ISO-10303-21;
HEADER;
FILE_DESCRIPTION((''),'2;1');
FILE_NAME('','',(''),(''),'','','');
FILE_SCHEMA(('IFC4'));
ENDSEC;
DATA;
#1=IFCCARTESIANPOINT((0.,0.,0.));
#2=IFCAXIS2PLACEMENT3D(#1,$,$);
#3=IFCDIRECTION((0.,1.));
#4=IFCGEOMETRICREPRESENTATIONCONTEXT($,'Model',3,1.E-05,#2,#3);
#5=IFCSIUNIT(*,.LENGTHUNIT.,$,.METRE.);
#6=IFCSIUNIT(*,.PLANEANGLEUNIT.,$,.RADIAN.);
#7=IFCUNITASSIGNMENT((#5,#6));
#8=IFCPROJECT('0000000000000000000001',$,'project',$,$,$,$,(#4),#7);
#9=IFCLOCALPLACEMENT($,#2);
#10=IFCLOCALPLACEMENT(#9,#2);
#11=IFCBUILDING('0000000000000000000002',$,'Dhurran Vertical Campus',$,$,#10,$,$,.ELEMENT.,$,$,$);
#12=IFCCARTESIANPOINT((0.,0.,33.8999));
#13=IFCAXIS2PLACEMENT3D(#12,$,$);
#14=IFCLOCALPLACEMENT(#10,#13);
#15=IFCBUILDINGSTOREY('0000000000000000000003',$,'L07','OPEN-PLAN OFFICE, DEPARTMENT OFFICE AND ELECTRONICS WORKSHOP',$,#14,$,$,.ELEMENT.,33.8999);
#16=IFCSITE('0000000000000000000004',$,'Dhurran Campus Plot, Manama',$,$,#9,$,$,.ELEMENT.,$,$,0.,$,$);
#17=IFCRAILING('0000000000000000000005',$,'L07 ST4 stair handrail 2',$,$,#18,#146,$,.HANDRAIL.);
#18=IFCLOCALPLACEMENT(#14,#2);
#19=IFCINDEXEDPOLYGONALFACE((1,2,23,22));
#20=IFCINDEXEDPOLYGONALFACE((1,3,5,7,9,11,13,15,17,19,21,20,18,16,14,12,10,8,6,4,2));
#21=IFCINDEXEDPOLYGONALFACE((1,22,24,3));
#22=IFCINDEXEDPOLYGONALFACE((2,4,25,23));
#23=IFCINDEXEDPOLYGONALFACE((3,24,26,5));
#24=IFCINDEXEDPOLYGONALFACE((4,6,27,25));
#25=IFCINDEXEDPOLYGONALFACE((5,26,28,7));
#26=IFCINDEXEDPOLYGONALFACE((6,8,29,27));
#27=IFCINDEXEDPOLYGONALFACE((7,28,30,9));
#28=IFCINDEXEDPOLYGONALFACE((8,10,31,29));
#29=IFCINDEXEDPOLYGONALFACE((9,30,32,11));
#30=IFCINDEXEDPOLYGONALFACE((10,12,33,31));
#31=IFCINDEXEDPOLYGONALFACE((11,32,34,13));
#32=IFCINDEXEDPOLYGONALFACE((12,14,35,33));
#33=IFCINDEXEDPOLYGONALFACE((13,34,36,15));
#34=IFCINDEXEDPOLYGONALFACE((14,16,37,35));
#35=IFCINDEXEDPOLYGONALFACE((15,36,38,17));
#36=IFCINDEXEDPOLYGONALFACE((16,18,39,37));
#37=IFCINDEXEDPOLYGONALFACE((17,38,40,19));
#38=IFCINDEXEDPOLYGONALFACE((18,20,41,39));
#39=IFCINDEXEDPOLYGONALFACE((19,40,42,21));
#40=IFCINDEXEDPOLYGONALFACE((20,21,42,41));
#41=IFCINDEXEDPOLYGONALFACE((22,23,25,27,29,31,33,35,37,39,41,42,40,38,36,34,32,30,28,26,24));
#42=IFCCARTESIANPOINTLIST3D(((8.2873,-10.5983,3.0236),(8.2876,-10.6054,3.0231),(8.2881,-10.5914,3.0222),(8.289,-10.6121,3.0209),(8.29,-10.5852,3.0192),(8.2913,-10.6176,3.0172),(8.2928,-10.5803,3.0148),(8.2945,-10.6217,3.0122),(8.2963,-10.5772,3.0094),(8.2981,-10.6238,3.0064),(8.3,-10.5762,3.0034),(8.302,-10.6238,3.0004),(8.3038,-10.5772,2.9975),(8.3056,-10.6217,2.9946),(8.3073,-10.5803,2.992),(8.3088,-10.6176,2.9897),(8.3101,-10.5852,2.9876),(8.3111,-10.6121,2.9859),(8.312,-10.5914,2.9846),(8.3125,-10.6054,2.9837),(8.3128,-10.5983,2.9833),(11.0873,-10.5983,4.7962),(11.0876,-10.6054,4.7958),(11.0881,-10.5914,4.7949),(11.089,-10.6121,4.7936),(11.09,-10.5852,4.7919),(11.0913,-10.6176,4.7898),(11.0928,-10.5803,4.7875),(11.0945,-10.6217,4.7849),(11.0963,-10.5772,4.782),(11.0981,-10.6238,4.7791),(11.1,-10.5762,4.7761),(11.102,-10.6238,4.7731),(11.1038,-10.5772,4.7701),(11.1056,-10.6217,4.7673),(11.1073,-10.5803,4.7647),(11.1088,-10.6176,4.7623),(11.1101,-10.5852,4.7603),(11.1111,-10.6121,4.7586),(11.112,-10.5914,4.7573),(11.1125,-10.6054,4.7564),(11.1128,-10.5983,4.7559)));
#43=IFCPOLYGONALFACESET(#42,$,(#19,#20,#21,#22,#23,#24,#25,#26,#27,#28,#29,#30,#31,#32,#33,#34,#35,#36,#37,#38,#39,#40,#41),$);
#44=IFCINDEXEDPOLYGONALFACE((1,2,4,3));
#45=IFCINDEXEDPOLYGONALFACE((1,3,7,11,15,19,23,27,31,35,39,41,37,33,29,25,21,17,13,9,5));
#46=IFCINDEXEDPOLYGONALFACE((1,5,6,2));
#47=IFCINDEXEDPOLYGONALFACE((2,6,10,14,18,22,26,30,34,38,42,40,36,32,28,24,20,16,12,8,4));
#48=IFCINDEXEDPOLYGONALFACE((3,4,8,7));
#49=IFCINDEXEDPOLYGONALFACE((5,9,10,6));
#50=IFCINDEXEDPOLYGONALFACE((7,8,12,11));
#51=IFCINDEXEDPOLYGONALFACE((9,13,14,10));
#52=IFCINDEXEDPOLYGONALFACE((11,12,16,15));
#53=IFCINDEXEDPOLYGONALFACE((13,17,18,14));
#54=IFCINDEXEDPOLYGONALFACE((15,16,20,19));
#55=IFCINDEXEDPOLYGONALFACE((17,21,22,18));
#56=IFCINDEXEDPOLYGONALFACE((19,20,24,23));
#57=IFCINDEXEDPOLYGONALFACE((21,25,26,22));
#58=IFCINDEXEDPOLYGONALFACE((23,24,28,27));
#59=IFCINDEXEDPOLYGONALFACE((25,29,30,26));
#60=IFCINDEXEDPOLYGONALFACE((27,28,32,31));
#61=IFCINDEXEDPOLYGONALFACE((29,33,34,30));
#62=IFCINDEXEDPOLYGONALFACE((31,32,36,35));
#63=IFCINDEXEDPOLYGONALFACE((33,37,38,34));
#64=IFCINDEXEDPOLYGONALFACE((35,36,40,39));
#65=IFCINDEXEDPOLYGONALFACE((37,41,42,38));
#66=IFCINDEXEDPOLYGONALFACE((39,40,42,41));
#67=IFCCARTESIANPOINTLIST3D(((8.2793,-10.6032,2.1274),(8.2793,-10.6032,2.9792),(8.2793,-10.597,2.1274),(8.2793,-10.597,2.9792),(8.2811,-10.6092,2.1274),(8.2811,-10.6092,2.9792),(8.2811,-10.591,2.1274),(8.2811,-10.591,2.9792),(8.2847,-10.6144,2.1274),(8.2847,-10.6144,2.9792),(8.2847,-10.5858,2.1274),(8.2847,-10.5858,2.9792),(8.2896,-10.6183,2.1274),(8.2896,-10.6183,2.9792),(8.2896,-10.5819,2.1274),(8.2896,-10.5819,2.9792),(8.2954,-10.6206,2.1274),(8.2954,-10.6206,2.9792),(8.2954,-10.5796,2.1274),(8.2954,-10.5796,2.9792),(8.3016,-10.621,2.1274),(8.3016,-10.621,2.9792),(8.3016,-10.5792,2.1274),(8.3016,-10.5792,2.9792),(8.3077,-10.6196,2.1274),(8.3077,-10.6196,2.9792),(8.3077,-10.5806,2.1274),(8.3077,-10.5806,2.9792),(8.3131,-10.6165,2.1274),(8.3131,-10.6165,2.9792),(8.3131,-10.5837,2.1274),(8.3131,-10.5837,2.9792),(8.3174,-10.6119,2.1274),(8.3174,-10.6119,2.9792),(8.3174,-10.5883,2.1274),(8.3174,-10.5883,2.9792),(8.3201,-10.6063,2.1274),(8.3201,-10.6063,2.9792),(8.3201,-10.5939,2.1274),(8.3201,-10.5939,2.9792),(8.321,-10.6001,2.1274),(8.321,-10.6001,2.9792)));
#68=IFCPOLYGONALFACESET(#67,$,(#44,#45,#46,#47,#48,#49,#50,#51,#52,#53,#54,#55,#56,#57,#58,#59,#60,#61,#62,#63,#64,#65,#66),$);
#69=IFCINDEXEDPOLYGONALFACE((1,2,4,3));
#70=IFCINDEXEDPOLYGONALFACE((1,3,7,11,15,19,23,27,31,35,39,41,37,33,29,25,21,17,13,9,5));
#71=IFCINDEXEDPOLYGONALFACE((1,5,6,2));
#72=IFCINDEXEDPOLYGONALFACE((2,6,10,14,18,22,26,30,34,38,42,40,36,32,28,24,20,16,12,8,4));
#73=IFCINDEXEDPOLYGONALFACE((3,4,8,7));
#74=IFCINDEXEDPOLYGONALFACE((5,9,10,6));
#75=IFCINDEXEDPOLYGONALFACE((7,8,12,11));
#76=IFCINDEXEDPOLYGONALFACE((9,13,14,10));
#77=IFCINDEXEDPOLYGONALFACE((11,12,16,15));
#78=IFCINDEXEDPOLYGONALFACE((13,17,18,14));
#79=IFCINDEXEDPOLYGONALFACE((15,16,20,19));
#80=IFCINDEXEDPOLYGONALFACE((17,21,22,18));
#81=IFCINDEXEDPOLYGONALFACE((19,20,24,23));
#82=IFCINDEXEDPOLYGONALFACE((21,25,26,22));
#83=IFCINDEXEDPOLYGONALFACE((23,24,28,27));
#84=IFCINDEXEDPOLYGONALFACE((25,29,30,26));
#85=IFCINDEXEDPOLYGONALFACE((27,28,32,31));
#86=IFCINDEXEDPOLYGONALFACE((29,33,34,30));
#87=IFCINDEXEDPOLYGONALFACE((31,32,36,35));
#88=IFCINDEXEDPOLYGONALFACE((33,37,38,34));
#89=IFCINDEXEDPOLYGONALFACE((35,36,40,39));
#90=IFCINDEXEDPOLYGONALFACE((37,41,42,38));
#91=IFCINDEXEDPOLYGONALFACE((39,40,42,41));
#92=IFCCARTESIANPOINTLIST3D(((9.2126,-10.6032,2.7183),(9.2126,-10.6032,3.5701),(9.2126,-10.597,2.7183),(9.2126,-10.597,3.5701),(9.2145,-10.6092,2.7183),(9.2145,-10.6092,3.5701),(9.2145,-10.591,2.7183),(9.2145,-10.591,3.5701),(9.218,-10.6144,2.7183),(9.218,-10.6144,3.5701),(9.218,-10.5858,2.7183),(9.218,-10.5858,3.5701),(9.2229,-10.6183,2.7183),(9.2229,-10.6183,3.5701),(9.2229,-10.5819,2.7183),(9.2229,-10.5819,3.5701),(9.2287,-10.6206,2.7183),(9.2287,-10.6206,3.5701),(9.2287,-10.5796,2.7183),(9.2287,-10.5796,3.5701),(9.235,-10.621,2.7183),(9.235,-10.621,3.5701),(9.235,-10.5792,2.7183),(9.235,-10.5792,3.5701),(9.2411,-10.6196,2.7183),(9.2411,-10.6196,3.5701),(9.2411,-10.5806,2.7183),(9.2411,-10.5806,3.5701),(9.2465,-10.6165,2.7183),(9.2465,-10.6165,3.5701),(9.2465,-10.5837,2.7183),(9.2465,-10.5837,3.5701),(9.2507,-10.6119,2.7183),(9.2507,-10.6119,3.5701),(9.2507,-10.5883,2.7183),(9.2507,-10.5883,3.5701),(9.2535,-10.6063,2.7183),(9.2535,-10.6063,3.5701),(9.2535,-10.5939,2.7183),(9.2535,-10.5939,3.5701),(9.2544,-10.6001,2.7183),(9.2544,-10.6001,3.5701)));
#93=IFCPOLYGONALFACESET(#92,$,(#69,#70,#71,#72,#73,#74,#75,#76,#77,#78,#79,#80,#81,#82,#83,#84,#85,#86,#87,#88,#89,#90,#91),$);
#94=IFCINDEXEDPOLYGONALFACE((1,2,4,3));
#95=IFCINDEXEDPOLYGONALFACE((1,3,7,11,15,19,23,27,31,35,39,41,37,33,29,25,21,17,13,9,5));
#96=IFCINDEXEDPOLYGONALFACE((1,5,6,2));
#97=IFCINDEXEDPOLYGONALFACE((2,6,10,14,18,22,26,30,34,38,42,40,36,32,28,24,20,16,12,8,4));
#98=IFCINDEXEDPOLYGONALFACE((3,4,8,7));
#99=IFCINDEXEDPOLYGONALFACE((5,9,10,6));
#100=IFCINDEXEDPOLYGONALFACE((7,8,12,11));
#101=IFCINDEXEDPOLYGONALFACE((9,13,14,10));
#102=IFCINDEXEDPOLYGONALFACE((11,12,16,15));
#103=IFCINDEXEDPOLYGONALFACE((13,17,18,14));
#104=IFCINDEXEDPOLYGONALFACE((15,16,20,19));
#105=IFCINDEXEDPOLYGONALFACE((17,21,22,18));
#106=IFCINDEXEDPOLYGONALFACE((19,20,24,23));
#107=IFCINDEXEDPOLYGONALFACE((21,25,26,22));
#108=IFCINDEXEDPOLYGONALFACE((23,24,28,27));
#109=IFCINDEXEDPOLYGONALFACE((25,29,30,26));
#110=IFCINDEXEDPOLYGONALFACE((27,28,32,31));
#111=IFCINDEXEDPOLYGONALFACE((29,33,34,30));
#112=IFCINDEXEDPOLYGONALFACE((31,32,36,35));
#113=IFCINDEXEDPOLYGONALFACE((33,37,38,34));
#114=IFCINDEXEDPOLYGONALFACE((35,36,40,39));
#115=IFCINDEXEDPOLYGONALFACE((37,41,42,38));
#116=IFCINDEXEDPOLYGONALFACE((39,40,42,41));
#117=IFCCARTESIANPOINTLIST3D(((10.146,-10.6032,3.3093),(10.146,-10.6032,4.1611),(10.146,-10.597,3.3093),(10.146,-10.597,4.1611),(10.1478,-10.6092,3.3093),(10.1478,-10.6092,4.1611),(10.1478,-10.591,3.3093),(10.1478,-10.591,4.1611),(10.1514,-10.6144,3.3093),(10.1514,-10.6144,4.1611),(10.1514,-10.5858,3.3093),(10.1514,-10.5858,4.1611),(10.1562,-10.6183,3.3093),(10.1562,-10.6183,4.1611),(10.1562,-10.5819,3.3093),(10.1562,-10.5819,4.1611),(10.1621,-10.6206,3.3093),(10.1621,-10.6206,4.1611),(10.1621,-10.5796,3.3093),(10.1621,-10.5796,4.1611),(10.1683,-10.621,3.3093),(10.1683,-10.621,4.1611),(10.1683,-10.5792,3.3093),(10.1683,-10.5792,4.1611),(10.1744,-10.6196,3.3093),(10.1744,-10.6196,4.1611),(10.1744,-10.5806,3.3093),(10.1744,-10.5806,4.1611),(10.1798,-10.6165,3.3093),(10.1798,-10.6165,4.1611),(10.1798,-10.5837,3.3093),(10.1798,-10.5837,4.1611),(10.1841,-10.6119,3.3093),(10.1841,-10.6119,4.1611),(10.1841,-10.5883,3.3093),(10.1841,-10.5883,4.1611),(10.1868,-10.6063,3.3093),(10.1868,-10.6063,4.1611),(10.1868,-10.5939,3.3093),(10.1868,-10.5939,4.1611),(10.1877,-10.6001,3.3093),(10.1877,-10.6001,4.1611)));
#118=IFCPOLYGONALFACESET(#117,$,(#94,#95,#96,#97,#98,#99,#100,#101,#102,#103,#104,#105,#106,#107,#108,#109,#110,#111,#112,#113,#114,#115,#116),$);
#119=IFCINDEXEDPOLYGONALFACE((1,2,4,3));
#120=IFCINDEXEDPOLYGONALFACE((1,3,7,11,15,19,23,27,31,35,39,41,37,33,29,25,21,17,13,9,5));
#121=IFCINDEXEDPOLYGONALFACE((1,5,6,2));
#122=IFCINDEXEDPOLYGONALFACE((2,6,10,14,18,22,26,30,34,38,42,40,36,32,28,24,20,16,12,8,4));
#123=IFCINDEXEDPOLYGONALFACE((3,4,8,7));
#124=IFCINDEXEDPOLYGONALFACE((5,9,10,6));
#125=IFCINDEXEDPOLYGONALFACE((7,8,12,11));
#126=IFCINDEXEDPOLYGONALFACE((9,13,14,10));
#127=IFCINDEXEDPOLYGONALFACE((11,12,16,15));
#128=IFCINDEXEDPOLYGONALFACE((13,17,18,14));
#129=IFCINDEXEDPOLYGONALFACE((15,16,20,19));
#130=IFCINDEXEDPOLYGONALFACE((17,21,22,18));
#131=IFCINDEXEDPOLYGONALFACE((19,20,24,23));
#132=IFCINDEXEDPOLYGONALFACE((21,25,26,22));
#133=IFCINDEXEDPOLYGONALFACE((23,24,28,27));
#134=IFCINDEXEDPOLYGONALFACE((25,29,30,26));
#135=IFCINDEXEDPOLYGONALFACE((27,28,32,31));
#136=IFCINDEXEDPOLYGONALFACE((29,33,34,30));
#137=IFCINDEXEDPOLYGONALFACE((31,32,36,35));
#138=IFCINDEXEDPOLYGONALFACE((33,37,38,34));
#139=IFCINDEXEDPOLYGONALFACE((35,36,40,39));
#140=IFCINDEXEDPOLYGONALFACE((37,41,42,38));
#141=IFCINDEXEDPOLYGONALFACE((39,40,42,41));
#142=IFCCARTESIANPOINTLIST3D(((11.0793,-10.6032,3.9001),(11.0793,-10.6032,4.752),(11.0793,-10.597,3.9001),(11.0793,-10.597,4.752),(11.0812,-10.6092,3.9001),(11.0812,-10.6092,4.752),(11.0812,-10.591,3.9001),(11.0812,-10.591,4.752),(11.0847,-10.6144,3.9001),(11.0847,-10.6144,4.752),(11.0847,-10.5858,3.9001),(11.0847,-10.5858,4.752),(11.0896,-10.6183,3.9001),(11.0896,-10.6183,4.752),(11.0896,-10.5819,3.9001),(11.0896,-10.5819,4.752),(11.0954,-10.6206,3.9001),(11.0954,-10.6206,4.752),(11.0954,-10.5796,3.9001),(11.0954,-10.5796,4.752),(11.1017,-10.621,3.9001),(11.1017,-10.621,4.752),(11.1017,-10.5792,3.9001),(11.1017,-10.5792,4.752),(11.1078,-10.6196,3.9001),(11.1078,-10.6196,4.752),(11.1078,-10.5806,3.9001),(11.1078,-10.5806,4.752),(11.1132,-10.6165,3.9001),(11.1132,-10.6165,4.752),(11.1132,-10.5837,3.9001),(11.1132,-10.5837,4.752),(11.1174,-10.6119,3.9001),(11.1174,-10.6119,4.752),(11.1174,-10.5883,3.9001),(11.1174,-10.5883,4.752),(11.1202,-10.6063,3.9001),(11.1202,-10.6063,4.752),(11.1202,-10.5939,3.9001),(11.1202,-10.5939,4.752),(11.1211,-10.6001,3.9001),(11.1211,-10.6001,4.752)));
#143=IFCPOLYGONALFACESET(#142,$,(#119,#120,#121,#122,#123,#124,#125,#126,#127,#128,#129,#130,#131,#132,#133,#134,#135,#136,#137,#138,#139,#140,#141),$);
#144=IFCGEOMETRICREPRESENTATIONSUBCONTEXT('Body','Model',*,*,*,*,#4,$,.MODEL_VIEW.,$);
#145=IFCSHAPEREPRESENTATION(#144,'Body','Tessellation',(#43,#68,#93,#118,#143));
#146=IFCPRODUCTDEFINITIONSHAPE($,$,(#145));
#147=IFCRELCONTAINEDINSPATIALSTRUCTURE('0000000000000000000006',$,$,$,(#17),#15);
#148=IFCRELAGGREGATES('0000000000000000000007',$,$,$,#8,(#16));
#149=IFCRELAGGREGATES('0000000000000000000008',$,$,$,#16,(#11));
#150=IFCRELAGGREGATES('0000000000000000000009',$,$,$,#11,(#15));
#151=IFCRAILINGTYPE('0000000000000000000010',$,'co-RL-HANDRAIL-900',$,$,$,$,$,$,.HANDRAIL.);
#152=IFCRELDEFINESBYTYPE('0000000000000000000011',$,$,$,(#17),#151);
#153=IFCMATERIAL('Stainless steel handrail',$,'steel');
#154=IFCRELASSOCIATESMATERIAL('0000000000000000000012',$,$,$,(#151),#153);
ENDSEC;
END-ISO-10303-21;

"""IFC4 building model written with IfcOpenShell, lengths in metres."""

from ifc_helpers import new_model, si_unit, direction, frame, origin, origin_2d, place, context, subcontext, project, spatial, circle, extrude, material, type_object, element, save


model = new_model("IFC4")

# Units and contexts
model_context = context("Model", 3, precision=1e-05, world=origin(), true_north=direction((0.0, 1.0)))
body_context = subcontext(model_context, "Body", "Model", "MODEL_VIEW")
ifc_project = project(units=[si_unit("LENGTHUNIT", "METRE"), si_unit("PLANEANGLEUNIT", "RADIAN")], contexts=[model_context])

# Site, building, storey
site_placement = place(None, origin())
site = spatial("IfcSite", under=ifc_project, at=site_placement, Name="Dhurran Campus Plot, Manama", CompositionType="ELEMENT", RefElevation=0.0)
building_placement = place(site_placement, origin())
building = spatial("IfcBuilding", under=site, at=building_placement, Name="Dhurran Vertical Campus", CompositionType="ELEMENT")
storey_placement = place(building_placement, frame((0.0, 0.0, 33.8999)))
storey = spatial("IfcBuildingStorey", under=building, at=storey_placement, Name="L07", Description="OPEN-PLAN OFFICE, DEPARTMENT OFFICE AND ELECTRONICS WORKSHOP", CompositionType="ELEMENT", Elevation=33.8999)

# Railing
ifc_material_1 = material(Name="Stainless steel handrail", Category="steel")
railing_type_1 = type_object("IfcRailingType", Name="co-RL-HANDRAIL-900", PredefinedType="HANDRAIL", material=ifc_material_1)
railing_1_placement = place(storey_placement, frame((8.3, -10.6001, 2.1274)))
element("IfcRailing", 1, at=railing_1_placement, inside=storey, type_object=railing_type_1, Name="L07 ST4 stair handrail 2", PredefinedType="HANDRAIL", context=body_context, shape_type="SweptSolid", body=[
    extrude(circle(Radius=0.0239, at=origin_2d()), frame((0.0, 0.0, 0.876), z_axis=(0.844909, 0.0, 0.53491), x_axis=(0.0, 1.0, 0.0)), (0.0, 0.0, 1.0), 3.314),
    extrude(circle(Radius=0.021, at=origin_2d()), origin(), (0.0, 0.0, 1.0), 0.8518),
    extrude(circle(Radius=0.021, at=origin_2d()), frame((0.9333, 0.0, 0.5908)), (0.0, 0.0, 1.0), 0.8518),
    extrude(circle(Radius=0.021, at=origin_2d()), frame((1.8667, 0.0, 1.1819)), (0.0, 0.0, 1.0), 0.8518),
    extrude(circle(Radius=0.021, at=origin_2d()), frame((2.8, 0.0, 1.7727)), (0.0, 0.0, 1.0), 0.8518),
])

save(model, "model.ifc")
